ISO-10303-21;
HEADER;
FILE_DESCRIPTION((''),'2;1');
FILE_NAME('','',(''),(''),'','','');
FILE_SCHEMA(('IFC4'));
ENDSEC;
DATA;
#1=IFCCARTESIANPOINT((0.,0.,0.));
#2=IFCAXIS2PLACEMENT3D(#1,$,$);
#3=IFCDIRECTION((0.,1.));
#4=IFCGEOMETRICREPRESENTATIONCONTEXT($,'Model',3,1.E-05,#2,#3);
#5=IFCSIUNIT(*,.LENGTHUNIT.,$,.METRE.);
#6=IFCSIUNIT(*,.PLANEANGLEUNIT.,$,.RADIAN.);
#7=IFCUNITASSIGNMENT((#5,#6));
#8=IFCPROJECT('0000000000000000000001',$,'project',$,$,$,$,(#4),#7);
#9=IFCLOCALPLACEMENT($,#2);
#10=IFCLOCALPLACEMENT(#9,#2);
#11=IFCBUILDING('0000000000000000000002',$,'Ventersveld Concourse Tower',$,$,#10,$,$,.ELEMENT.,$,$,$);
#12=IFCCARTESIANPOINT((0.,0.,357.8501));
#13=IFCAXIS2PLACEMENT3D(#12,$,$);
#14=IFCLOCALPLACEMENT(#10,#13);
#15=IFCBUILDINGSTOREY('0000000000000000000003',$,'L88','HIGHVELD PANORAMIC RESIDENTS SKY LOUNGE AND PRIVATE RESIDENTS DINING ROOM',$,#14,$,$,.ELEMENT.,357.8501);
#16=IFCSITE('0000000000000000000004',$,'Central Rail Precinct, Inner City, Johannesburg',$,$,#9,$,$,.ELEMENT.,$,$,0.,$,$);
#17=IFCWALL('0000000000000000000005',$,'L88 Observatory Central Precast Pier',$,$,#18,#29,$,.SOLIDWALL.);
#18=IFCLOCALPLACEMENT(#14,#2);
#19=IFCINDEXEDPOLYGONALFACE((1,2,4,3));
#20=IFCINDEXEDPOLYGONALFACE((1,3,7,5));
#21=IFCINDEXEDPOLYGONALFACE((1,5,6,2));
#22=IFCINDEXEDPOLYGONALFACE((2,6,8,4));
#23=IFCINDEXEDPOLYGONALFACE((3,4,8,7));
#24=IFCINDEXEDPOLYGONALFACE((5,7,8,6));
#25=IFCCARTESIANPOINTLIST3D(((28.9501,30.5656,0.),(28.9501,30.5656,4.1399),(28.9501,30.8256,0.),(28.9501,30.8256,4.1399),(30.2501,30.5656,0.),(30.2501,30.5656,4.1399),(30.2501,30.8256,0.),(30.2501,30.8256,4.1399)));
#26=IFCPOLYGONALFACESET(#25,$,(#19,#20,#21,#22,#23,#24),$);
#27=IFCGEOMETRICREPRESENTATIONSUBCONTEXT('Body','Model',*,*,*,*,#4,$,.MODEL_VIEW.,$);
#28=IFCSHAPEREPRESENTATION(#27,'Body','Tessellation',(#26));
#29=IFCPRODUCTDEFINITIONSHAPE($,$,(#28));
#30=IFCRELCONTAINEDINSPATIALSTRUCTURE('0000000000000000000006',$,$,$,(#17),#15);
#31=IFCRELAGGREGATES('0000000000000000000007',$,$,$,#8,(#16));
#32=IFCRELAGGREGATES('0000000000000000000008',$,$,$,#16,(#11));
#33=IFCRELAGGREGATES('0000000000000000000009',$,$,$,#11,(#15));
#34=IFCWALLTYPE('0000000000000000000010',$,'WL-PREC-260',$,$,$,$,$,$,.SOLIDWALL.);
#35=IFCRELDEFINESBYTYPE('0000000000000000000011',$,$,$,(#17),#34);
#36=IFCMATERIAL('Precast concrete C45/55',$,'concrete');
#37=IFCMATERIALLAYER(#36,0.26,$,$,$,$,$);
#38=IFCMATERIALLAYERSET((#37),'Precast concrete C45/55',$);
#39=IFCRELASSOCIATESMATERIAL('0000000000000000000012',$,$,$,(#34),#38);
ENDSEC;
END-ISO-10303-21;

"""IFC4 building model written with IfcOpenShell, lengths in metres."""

from ifc_helpers import new_model, si_unit, direction, frame, frame_2d, origin, place, context, subcontext, project, spatial, rectangle, extrude, material, layer, layer_set, type_object, element, save


model = new_model("IFC4")

# Units and contexts
model_context = context("Model", 3, precision=1e-05, world=origin(), true_north=direction((0.0, 1.0)))
body_context = subcontext(model_context, "Body", "Model", "MODEL_VIEW")
ifc_project = project(units=[si_unit("LENGTHUNIT", "METRE"), si_unit("PLANEANGLEUNIT", "RADIAN")], contexts=[model_context])

# Site, building, storey
site_placement = place(None, origin())
site = spatial("IfcSite", under=ifc_project, at=site_placement, Name="Central Rail Precinct, Inner City, Johannesburg", CompositionType="ELEMENT", RefElevation=0.0)
building_placement = place(site_placement, origin())
building = spatial("IfcBuilding", under=site, at=building_placement, Name="Ventersveld Concourse Tower", CompositionType="ELEMENT")
storey_placement = place(building_placement, frame((0.0, 0.0, 357.8501)))
storey = spatial("IfcBuildingStorey", under=building, at=storey_placement, Name="L88", Description="HIGHVELD PANORAMIC RESIDENTS SKY LOUNGE AND PRIVATE RESIDENTS DINING ROOM", CompositionType="ELEMENT", Elevation=357.8501)

# Wall
ifc_material_1 = material(Name="Precast concrete C45/55", Category="concrete")
ifc_layer_1 = layer(ifc_material_1, 0.26)
ifc_layer_set_1 = layer_set([ifc_layer_1], Name="Precast concrete C45/55")
wall_type_1 = type_object("IfcWallType", Name="WL-PREC-260", PredefinedType="SOLIDWALL", material=ifc_layer_set_1)
wall_1_placement = place(storey_placement, frame((30.25, 30.6956, 0.0), z_axis=(0.0, 0.0, 1.0), x_axis=(-1.0, 0.0, 0.0)))
element("IfcWall", 1, at=wall_1_placement, inside=storey, type_object=wall_type_1, Name="L88 Observatory Central Precast Pier", PredefinedType="SOLIDWALL", context=body_context, shape_type="SweptSolid", body=[
    extrude(rectangle(XDim=1.3, YDim=0.26, at=frame_2d((0.6499, 0.0))), origin(), (0.0, 0.0, 1.0), 4.1399),
])

save(model, "model.ifc")
